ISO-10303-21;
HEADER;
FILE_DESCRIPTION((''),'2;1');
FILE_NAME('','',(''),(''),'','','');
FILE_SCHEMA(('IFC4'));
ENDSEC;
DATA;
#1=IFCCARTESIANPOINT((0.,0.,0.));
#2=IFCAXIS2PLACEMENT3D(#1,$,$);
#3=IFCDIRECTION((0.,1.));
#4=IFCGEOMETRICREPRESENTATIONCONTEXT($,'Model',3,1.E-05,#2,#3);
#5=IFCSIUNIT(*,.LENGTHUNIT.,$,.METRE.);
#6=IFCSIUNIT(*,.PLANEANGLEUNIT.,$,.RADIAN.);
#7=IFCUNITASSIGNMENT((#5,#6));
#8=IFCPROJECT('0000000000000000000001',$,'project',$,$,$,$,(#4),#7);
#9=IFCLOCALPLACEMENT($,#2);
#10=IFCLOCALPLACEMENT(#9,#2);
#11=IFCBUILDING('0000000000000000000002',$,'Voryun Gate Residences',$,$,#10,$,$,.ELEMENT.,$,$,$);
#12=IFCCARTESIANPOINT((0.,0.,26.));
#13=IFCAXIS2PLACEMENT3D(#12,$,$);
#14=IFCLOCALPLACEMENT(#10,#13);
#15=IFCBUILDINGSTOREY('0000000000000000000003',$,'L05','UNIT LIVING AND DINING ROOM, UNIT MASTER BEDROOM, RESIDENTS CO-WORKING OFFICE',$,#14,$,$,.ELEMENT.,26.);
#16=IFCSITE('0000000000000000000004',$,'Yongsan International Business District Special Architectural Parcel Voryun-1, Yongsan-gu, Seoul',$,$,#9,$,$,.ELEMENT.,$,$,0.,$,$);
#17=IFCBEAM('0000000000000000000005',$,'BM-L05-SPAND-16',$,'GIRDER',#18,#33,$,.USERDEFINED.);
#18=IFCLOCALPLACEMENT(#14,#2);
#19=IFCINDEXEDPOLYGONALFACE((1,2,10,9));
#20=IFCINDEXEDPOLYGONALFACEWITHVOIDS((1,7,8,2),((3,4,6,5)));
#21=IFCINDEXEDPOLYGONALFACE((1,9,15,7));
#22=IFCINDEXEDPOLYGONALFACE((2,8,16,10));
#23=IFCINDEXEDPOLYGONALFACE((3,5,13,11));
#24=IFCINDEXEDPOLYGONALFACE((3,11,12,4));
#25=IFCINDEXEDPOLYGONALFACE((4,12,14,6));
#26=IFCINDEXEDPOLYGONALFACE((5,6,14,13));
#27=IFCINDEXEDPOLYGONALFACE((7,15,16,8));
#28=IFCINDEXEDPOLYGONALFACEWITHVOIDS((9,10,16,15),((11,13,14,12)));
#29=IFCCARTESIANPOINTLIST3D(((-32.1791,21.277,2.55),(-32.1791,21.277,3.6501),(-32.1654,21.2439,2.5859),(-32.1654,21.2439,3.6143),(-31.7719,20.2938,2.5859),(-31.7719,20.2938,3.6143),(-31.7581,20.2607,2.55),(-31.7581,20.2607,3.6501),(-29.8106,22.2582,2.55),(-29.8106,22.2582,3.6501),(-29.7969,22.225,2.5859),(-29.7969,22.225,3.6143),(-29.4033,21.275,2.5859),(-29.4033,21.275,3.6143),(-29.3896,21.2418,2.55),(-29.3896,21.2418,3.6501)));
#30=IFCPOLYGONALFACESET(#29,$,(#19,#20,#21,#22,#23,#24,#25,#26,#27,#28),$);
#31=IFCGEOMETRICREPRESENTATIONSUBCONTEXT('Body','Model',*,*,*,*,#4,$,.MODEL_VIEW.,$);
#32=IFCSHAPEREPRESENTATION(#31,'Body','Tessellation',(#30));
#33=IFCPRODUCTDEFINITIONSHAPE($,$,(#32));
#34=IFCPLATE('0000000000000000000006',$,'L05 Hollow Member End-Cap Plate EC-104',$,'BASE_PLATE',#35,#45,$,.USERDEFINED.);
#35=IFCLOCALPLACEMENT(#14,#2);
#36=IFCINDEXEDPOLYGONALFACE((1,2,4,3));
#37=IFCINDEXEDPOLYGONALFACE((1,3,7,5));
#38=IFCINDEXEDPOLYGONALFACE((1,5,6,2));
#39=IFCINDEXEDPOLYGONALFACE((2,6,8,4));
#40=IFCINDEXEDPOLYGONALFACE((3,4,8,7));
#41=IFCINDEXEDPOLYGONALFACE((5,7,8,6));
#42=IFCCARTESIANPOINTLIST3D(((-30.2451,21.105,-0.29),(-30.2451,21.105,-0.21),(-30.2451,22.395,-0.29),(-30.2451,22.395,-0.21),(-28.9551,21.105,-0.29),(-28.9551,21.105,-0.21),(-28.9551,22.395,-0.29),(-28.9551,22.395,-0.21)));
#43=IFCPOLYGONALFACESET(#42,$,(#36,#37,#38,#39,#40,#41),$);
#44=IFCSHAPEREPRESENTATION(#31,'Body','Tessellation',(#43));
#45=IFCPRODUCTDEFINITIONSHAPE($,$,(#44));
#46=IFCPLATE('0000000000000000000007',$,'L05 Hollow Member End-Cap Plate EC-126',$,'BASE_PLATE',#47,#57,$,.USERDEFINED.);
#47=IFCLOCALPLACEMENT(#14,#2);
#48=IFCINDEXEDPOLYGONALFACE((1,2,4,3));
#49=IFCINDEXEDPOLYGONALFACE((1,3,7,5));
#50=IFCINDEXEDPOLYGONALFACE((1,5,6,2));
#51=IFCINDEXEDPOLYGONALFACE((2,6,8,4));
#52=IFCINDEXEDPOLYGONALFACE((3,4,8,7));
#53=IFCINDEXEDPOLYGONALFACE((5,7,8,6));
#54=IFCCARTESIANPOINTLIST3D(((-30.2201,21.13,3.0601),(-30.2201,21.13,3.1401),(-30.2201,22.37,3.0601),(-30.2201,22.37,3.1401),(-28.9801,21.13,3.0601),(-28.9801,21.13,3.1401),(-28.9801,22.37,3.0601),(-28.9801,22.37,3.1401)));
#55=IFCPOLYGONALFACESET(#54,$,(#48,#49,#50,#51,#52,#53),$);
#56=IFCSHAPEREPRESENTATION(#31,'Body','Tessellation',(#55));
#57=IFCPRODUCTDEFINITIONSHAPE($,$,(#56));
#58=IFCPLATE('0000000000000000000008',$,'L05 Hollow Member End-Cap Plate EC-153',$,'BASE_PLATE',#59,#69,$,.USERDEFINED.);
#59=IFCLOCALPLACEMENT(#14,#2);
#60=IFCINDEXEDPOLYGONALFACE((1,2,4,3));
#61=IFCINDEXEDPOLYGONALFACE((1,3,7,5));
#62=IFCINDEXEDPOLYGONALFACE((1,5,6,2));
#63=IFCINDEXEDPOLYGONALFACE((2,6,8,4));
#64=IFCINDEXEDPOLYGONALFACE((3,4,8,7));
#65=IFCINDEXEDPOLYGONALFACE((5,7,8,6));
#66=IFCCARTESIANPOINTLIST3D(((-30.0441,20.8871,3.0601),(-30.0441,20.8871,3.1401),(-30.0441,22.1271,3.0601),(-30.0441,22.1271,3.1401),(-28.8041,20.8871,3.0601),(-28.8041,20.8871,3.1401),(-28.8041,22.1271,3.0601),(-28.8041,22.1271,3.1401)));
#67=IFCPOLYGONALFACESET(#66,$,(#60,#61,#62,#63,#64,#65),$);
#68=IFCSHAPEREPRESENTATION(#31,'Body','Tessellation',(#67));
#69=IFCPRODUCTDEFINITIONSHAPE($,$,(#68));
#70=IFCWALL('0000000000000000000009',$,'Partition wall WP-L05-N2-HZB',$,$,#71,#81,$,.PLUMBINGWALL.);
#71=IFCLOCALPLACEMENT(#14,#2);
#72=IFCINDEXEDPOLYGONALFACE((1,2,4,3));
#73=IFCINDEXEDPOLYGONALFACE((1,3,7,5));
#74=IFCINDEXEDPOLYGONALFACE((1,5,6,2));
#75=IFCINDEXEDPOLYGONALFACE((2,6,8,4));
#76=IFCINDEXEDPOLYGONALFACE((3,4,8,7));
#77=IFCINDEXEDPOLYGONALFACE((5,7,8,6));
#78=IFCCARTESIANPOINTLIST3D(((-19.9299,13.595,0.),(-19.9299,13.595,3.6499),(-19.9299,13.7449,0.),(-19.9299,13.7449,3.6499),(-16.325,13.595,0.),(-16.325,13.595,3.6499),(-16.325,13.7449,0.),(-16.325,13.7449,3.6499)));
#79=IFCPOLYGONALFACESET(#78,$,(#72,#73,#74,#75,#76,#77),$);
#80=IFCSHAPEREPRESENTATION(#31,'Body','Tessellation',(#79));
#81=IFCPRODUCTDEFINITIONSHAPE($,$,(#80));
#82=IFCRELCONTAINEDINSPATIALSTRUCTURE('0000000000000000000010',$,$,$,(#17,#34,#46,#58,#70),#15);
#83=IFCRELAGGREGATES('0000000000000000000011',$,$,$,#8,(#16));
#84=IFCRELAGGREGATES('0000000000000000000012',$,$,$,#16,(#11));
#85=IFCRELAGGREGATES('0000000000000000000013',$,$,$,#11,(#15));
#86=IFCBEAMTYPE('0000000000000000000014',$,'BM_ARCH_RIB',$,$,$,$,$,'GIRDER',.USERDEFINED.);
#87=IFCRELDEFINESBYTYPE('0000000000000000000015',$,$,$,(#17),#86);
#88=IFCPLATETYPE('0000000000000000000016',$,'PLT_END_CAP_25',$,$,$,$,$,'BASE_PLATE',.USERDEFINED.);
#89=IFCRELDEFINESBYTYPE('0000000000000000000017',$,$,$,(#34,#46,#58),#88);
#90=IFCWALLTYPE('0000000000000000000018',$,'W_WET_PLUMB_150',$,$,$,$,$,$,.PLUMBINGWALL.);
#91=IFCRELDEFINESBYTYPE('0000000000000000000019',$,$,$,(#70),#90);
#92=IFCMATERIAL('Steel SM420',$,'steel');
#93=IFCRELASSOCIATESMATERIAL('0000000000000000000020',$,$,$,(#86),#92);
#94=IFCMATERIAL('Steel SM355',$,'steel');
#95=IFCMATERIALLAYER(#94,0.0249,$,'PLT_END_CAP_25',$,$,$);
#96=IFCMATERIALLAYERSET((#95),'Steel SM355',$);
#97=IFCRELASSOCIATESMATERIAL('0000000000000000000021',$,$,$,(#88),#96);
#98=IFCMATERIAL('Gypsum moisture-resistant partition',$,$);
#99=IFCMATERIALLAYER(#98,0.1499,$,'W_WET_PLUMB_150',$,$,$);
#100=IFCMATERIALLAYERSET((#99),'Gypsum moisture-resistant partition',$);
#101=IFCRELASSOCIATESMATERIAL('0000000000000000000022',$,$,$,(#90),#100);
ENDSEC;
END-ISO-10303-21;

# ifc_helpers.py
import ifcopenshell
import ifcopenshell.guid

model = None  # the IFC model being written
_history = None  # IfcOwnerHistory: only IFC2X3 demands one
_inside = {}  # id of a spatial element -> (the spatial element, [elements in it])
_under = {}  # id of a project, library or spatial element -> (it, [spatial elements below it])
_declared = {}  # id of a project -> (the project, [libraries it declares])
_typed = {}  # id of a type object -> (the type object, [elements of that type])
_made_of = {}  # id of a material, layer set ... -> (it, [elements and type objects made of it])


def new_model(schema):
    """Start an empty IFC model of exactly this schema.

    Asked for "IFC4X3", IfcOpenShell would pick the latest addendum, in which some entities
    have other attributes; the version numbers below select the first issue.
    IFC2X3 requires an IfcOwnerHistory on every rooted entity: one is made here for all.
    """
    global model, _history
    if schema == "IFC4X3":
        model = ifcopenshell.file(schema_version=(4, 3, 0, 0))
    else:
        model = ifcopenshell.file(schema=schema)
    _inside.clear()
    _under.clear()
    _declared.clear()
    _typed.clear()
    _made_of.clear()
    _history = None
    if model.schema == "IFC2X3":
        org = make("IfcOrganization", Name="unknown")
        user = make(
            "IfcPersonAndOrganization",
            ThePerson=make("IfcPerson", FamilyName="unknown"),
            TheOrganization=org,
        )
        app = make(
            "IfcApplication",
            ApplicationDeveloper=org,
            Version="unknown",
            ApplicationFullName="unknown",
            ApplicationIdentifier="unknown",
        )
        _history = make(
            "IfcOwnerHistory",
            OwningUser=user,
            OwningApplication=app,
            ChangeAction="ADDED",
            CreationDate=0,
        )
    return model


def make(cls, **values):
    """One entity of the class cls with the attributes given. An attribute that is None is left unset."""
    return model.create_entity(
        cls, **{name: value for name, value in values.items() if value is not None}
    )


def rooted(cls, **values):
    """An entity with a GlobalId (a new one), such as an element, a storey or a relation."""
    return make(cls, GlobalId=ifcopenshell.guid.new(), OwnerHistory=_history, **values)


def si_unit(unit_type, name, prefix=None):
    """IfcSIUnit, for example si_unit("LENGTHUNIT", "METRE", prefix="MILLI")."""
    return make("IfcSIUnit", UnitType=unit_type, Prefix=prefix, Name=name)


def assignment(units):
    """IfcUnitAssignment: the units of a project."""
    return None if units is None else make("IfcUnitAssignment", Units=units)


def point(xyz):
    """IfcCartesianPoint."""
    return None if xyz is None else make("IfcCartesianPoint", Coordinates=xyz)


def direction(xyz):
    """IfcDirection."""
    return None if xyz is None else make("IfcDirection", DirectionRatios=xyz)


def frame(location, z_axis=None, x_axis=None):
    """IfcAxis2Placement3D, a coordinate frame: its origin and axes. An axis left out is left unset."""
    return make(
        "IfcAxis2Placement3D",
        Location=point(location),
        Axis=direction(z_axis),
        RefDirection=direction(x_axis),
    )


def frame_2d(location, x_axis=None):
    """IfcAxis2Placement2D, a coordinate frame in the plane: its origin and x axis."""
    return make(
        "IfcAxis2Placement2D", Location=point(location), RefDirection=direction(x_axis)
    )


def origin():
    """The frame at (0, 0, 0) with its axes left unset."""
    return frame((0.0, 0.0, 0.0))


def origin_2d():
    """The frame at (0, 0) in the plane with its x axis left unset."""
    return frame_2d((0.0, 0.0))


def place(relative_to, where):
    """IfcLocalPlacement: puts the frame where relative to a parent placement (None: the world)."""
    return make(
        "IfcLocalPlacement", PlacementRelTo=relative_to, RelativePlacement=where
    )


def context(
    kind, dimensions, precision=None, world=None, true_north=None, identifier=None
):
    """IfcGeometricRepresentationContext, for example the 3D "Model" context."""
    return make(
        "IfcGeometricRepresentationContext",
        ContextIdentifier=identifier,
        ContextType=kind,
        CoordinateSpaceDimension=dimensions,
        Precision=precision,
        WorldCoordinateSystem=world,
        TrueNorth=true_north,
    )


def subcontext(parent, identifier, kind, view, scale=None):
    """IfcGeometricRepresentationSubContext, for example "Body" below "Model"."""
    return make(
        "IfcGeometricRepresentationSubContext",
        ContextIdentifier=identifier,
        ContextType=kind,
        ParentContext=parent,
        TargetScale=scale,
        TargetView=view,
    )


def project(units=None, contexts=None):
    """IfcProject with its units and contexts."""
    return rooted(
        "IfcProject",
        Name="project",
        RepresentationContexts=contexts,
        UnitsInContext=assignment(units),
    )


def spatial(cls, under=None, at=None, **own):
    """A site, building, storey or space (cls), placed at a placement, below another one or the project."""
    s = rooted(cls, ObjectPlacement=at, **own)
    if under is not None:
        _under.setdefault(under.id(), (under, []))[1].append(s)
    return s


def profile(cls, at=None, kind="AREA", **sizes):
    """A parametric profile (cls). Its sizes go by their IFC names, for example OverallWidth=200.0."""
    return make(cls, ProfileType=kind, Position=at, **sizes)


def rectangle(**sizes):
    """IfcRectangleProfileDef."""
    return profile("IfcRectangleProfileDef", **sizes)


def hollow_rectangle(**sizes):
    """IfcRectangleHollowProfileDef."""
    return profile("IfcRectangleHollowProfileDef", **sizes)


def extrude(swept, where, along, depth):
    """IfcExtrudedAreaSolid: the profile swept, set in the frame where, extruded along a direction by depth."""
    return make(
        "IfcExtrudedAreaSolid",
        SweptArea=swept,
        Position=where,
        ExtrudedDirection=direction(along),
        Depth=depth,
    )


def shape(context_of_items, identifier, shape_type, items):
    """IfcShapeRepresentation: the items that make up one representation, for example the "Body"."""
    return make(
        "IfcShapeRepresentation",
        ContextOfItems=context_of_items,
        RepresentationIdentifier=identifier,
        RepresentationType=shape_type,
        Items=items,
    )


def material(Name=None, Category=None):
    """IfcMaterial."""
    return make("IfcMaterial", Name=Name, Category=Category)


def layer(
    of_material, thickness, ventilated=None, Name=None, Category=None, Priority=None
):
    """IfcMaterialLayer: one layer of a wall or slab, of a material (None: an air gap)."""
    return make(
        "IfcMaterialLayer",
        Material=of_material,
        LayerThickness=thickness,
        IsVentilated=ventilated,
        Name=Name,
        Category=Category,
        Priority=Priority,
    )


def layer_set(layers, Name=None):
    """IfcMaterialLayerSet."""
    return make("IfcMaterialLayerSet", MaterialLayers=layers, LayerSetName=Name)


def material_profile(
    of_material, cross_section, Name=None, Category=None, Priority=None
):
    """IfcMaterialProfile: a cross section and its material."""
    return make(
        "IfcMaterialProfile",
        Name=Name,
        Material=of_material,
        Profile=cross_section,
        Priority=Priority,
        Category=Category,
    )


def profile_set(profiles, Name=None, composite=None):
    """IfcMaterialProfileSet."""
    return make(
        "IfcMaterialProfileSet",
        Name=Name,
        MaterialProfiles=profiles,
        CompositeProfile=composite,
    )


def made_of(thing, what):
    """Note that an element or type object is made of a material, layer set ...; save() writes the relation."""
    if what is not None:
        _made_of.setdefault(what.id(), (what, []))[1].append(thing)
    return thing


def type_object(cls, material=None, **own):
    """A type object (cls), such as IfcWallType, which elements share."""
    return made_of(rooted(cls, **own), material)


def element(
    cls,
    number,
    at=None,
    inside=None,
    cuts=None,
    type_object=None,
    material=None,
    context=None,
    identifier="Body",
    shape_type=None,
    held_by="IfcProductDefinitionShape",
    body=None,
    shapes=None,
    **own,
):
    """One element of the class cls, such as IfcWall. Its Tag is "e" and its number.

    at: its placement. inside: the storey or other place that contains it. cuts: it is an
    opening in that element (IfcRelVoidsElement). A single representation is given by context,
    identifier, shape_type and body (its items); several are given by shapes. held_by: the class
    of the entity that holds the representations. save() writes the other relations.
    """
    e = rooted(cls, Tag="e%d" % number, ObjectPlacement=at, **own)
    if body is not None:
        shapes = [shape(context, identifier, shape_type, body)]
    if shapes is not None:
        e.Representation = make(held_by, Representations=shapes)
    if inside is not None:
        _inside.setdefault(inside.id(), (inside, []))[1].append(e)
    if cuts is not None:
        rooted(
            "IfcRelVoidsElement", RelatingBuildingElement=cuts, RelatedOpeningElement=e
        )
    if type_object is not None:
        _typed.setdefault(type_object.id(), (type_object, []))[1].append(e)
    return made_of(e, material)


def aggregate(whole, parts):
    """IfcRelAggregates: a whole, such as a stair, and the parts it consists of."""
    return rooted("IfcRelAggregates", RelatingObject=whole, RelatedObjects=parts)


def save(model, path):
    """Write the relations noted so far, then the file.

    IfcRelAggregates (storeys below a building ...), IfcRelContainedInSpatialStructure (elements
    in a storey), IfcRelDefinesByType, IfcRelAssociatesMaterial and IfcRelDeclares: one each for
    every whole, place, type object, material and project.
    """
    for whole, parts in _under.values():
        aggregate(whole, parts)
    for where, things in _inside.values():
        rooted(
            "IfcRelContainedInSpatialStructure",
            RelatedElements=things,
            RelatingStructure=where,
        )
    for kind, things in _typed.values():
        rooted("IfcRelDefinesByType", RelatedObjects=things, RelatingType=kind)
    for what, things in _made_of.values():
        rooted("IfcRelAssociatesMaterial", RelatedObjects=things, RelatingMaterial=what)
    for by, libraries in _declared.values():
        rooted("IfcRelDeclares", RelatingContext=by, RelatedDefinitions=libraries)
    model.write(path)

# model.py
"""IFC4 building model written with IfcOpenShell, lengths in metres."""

from ifc_helpers import new_model, si_unit, direction, frame, frame_2d, origin, origin_2d, place, context, subcontext, project, spatial, rectangle, hollow_rectangle, extrude, material, layer, layer_set, material_profile, profile_set, type_object, element, save


model = new_model("IFC4")

# Units and contexts
model_context = context("Model", 3, precision=1e-05, world=origin(), true_north=direction((0.0, 1.0)))
body_context = subcontext(model_context, "Body", "Model", "MODEL_VIEW")
ifc_project = project(units=[si_unit("LENGTHUNIT", "METRE"), si_unit("PLANEANGLEUNIT", "RADIAN")], contexts=[model_context])

# Site, building, storey
site_placement = place(None, origin())
site = spatial("IfcSite", under=ifc_project, at=site_placement, Name="Yongsan International Business District Special Architectural Parcel Voryun-1, Yongsan-gu, Seoul", CompositionType="ELEMENT", RefElevation=0.0)
building_placement = place(site_placement, origin())
building = spatial("IfcBuilding", under=site, at=building_placement, Name="Voryun Gate Residences", CompositionType="ELEMENT")
storey_placement = place(building_placement, frame((0.0, 0.0, 26.0)))
storey = spatial("IfcBuildingStorey", under=building, at=storey_placement, Name="L05", Description="UNIT LIVING AND DINING ROOM, UNIT MASTER BEDROOM, RESIDENTS CO-WORKING OFFICE", CompositionType="ELEMENT", Elevation=26.0)

# Beam
ifc_material_1 = material(Name="Steel SM420", Category="steel")
ifc_material_profile = material_profile(ifc_material_1, hollow_rectangle(XDim=1.1001, YDim=1.1001, WallThickness=0.0359, at=origin_2d()), Name="BOX-1100x1100x36")
ifc_profile_set = profile_set([ifc_material_profile], Name="Steel SM420")
beam_type = type_object("IfcBeamType", Name="BM_ARCH_RIB", ElementType="GIRDER", PredefinedType="USERDEFINED", material=ifc_profile_set)
beam_placement = place(storey_placement, frame((-29.6001, 21.75, 3.1001), z_axis=(-0.923869, -0.382708, 0.0), x_axis=(0.382708, -0.923869, 0.0)))
element("IfcBeam", 1, at=beam_placement, inside=storey, type_object=beam_type, Name="BM-L05-SPAND-16", ObjectType="GIRDER", PredefinedType="USERDEFINED", context=body_context, shape_type="SweptSolid", body=[
    extrude(hollow_rectangle(XDim=1.1001, YDim=1.1001, WallThickness=0.0359, at=origin_2d()), origin(), (0.0, 0.0, 1.0), 2.5637),
])

# Plates
ifc_material_2 = material(Name="Steel SM355", Category="steel")
ifc_layer_1 = layer(ifc_material_2, 0.0249, Name="PLT_END_CAP_25")
ifc_layer_set_1 = layer_set([ifc_layer_1], Name="Steel SM355")
plate_type = type_object("IfcPlateType", Name="PLT_END_CAP_25", ElementType="BASE_PLATE", PredefinedType="USERDEFINED", material=ifc_layer_set_1)
plate_placement = place(storey_placement, frame((-29.6001, 21.75, -0.29), z_axis=(0.0, 0.0, 1.0), x_axis=(1.0, 0.0, 0.0)))
element("IfcPlate", 2, at=plate_placement, inside=storey, type_object=plate_type, Name="L05 Hollow Member End-Cap Plate EC-104", ObjectType="BASE_PLATE", PredefinedType="USERDEFINED", context=body_context, shape_type="SweptSolid", body=[
    extrude(rectangle(XDim=1.29, YDim=1.29, at=origin_2d()), origin(), (0.0, 0.0, 1.0), 0.0801),
])
for number, where, z_axis, x_axis, name in (
    (3, (-29.6001, 21.75, 3.0601), (0.0, 0.0, 1.0), (1.0, 0.0, 0.0), "L05 Hollow Member End-Cap Plate EC-126"),
    (4, (-29.4241, 21.5071, 3.0601), (0.0, 0.0, 1.0), (1.0, 0.0, 0.0), "L05 Hollow Member End-Cap Plate EC-153"),
):
    element("IfcPlate", number, at=place(storey_placement, frame(where, z_axis=z_axis, x_axis=x_axis)), inside=storey, type_object=plate_type, Name=name, ObjectType="BASE_PLATE", PredefinedType="USERDEFINED", context=body_context, shape_type="SweptSolid", body=[
        extrude(rectangle(XDim=1.24, YDim=1.24, at=origin_2d()), origin(), (0.0, 0.0, 1.0), 0.0801),
    ])

# Wall
ifc_material_3 = material(Name="Gypsum moisture-resistant partition")
ifc_layer_2 = layer(ifc_material_3, 0.1499, Name="W_WET_PLUMB_150")
ifc_layer_set_2 = layer_set([ifc_layer_2], Name="Gypsum moisture-resistant partition")
wall_type_1 = type_object("IfcWallType", Name="W_WET_PLUMB_150", PredefinedType="PLUMBINGWALL", material=ifc_layer_set_2)
wall_1_placement = place(storey_placement, frame((-19.9299, 13.6699, 0.0), z_axis=(0.0, 0.0, 1.0), x_axis=(1.0, 0.0, 0.0)))
element("IfcWall", 5, at=wall_1_placement, inside=storey, type_object=wall_type_1, Name="Partition wall WP-L05-N2-HZB", PredefinedType="PLUMBINGWALL", context=body_context, shape_type="SweptSolid", body=[
    extrude(rectangle(XDim=3.605, YDim=0.1499, at=frame_2d((1.8025, 0.0))), origin(), (0.0, 0.0, 1.0), 3.6499),
])

save(model, "model.ifc")
